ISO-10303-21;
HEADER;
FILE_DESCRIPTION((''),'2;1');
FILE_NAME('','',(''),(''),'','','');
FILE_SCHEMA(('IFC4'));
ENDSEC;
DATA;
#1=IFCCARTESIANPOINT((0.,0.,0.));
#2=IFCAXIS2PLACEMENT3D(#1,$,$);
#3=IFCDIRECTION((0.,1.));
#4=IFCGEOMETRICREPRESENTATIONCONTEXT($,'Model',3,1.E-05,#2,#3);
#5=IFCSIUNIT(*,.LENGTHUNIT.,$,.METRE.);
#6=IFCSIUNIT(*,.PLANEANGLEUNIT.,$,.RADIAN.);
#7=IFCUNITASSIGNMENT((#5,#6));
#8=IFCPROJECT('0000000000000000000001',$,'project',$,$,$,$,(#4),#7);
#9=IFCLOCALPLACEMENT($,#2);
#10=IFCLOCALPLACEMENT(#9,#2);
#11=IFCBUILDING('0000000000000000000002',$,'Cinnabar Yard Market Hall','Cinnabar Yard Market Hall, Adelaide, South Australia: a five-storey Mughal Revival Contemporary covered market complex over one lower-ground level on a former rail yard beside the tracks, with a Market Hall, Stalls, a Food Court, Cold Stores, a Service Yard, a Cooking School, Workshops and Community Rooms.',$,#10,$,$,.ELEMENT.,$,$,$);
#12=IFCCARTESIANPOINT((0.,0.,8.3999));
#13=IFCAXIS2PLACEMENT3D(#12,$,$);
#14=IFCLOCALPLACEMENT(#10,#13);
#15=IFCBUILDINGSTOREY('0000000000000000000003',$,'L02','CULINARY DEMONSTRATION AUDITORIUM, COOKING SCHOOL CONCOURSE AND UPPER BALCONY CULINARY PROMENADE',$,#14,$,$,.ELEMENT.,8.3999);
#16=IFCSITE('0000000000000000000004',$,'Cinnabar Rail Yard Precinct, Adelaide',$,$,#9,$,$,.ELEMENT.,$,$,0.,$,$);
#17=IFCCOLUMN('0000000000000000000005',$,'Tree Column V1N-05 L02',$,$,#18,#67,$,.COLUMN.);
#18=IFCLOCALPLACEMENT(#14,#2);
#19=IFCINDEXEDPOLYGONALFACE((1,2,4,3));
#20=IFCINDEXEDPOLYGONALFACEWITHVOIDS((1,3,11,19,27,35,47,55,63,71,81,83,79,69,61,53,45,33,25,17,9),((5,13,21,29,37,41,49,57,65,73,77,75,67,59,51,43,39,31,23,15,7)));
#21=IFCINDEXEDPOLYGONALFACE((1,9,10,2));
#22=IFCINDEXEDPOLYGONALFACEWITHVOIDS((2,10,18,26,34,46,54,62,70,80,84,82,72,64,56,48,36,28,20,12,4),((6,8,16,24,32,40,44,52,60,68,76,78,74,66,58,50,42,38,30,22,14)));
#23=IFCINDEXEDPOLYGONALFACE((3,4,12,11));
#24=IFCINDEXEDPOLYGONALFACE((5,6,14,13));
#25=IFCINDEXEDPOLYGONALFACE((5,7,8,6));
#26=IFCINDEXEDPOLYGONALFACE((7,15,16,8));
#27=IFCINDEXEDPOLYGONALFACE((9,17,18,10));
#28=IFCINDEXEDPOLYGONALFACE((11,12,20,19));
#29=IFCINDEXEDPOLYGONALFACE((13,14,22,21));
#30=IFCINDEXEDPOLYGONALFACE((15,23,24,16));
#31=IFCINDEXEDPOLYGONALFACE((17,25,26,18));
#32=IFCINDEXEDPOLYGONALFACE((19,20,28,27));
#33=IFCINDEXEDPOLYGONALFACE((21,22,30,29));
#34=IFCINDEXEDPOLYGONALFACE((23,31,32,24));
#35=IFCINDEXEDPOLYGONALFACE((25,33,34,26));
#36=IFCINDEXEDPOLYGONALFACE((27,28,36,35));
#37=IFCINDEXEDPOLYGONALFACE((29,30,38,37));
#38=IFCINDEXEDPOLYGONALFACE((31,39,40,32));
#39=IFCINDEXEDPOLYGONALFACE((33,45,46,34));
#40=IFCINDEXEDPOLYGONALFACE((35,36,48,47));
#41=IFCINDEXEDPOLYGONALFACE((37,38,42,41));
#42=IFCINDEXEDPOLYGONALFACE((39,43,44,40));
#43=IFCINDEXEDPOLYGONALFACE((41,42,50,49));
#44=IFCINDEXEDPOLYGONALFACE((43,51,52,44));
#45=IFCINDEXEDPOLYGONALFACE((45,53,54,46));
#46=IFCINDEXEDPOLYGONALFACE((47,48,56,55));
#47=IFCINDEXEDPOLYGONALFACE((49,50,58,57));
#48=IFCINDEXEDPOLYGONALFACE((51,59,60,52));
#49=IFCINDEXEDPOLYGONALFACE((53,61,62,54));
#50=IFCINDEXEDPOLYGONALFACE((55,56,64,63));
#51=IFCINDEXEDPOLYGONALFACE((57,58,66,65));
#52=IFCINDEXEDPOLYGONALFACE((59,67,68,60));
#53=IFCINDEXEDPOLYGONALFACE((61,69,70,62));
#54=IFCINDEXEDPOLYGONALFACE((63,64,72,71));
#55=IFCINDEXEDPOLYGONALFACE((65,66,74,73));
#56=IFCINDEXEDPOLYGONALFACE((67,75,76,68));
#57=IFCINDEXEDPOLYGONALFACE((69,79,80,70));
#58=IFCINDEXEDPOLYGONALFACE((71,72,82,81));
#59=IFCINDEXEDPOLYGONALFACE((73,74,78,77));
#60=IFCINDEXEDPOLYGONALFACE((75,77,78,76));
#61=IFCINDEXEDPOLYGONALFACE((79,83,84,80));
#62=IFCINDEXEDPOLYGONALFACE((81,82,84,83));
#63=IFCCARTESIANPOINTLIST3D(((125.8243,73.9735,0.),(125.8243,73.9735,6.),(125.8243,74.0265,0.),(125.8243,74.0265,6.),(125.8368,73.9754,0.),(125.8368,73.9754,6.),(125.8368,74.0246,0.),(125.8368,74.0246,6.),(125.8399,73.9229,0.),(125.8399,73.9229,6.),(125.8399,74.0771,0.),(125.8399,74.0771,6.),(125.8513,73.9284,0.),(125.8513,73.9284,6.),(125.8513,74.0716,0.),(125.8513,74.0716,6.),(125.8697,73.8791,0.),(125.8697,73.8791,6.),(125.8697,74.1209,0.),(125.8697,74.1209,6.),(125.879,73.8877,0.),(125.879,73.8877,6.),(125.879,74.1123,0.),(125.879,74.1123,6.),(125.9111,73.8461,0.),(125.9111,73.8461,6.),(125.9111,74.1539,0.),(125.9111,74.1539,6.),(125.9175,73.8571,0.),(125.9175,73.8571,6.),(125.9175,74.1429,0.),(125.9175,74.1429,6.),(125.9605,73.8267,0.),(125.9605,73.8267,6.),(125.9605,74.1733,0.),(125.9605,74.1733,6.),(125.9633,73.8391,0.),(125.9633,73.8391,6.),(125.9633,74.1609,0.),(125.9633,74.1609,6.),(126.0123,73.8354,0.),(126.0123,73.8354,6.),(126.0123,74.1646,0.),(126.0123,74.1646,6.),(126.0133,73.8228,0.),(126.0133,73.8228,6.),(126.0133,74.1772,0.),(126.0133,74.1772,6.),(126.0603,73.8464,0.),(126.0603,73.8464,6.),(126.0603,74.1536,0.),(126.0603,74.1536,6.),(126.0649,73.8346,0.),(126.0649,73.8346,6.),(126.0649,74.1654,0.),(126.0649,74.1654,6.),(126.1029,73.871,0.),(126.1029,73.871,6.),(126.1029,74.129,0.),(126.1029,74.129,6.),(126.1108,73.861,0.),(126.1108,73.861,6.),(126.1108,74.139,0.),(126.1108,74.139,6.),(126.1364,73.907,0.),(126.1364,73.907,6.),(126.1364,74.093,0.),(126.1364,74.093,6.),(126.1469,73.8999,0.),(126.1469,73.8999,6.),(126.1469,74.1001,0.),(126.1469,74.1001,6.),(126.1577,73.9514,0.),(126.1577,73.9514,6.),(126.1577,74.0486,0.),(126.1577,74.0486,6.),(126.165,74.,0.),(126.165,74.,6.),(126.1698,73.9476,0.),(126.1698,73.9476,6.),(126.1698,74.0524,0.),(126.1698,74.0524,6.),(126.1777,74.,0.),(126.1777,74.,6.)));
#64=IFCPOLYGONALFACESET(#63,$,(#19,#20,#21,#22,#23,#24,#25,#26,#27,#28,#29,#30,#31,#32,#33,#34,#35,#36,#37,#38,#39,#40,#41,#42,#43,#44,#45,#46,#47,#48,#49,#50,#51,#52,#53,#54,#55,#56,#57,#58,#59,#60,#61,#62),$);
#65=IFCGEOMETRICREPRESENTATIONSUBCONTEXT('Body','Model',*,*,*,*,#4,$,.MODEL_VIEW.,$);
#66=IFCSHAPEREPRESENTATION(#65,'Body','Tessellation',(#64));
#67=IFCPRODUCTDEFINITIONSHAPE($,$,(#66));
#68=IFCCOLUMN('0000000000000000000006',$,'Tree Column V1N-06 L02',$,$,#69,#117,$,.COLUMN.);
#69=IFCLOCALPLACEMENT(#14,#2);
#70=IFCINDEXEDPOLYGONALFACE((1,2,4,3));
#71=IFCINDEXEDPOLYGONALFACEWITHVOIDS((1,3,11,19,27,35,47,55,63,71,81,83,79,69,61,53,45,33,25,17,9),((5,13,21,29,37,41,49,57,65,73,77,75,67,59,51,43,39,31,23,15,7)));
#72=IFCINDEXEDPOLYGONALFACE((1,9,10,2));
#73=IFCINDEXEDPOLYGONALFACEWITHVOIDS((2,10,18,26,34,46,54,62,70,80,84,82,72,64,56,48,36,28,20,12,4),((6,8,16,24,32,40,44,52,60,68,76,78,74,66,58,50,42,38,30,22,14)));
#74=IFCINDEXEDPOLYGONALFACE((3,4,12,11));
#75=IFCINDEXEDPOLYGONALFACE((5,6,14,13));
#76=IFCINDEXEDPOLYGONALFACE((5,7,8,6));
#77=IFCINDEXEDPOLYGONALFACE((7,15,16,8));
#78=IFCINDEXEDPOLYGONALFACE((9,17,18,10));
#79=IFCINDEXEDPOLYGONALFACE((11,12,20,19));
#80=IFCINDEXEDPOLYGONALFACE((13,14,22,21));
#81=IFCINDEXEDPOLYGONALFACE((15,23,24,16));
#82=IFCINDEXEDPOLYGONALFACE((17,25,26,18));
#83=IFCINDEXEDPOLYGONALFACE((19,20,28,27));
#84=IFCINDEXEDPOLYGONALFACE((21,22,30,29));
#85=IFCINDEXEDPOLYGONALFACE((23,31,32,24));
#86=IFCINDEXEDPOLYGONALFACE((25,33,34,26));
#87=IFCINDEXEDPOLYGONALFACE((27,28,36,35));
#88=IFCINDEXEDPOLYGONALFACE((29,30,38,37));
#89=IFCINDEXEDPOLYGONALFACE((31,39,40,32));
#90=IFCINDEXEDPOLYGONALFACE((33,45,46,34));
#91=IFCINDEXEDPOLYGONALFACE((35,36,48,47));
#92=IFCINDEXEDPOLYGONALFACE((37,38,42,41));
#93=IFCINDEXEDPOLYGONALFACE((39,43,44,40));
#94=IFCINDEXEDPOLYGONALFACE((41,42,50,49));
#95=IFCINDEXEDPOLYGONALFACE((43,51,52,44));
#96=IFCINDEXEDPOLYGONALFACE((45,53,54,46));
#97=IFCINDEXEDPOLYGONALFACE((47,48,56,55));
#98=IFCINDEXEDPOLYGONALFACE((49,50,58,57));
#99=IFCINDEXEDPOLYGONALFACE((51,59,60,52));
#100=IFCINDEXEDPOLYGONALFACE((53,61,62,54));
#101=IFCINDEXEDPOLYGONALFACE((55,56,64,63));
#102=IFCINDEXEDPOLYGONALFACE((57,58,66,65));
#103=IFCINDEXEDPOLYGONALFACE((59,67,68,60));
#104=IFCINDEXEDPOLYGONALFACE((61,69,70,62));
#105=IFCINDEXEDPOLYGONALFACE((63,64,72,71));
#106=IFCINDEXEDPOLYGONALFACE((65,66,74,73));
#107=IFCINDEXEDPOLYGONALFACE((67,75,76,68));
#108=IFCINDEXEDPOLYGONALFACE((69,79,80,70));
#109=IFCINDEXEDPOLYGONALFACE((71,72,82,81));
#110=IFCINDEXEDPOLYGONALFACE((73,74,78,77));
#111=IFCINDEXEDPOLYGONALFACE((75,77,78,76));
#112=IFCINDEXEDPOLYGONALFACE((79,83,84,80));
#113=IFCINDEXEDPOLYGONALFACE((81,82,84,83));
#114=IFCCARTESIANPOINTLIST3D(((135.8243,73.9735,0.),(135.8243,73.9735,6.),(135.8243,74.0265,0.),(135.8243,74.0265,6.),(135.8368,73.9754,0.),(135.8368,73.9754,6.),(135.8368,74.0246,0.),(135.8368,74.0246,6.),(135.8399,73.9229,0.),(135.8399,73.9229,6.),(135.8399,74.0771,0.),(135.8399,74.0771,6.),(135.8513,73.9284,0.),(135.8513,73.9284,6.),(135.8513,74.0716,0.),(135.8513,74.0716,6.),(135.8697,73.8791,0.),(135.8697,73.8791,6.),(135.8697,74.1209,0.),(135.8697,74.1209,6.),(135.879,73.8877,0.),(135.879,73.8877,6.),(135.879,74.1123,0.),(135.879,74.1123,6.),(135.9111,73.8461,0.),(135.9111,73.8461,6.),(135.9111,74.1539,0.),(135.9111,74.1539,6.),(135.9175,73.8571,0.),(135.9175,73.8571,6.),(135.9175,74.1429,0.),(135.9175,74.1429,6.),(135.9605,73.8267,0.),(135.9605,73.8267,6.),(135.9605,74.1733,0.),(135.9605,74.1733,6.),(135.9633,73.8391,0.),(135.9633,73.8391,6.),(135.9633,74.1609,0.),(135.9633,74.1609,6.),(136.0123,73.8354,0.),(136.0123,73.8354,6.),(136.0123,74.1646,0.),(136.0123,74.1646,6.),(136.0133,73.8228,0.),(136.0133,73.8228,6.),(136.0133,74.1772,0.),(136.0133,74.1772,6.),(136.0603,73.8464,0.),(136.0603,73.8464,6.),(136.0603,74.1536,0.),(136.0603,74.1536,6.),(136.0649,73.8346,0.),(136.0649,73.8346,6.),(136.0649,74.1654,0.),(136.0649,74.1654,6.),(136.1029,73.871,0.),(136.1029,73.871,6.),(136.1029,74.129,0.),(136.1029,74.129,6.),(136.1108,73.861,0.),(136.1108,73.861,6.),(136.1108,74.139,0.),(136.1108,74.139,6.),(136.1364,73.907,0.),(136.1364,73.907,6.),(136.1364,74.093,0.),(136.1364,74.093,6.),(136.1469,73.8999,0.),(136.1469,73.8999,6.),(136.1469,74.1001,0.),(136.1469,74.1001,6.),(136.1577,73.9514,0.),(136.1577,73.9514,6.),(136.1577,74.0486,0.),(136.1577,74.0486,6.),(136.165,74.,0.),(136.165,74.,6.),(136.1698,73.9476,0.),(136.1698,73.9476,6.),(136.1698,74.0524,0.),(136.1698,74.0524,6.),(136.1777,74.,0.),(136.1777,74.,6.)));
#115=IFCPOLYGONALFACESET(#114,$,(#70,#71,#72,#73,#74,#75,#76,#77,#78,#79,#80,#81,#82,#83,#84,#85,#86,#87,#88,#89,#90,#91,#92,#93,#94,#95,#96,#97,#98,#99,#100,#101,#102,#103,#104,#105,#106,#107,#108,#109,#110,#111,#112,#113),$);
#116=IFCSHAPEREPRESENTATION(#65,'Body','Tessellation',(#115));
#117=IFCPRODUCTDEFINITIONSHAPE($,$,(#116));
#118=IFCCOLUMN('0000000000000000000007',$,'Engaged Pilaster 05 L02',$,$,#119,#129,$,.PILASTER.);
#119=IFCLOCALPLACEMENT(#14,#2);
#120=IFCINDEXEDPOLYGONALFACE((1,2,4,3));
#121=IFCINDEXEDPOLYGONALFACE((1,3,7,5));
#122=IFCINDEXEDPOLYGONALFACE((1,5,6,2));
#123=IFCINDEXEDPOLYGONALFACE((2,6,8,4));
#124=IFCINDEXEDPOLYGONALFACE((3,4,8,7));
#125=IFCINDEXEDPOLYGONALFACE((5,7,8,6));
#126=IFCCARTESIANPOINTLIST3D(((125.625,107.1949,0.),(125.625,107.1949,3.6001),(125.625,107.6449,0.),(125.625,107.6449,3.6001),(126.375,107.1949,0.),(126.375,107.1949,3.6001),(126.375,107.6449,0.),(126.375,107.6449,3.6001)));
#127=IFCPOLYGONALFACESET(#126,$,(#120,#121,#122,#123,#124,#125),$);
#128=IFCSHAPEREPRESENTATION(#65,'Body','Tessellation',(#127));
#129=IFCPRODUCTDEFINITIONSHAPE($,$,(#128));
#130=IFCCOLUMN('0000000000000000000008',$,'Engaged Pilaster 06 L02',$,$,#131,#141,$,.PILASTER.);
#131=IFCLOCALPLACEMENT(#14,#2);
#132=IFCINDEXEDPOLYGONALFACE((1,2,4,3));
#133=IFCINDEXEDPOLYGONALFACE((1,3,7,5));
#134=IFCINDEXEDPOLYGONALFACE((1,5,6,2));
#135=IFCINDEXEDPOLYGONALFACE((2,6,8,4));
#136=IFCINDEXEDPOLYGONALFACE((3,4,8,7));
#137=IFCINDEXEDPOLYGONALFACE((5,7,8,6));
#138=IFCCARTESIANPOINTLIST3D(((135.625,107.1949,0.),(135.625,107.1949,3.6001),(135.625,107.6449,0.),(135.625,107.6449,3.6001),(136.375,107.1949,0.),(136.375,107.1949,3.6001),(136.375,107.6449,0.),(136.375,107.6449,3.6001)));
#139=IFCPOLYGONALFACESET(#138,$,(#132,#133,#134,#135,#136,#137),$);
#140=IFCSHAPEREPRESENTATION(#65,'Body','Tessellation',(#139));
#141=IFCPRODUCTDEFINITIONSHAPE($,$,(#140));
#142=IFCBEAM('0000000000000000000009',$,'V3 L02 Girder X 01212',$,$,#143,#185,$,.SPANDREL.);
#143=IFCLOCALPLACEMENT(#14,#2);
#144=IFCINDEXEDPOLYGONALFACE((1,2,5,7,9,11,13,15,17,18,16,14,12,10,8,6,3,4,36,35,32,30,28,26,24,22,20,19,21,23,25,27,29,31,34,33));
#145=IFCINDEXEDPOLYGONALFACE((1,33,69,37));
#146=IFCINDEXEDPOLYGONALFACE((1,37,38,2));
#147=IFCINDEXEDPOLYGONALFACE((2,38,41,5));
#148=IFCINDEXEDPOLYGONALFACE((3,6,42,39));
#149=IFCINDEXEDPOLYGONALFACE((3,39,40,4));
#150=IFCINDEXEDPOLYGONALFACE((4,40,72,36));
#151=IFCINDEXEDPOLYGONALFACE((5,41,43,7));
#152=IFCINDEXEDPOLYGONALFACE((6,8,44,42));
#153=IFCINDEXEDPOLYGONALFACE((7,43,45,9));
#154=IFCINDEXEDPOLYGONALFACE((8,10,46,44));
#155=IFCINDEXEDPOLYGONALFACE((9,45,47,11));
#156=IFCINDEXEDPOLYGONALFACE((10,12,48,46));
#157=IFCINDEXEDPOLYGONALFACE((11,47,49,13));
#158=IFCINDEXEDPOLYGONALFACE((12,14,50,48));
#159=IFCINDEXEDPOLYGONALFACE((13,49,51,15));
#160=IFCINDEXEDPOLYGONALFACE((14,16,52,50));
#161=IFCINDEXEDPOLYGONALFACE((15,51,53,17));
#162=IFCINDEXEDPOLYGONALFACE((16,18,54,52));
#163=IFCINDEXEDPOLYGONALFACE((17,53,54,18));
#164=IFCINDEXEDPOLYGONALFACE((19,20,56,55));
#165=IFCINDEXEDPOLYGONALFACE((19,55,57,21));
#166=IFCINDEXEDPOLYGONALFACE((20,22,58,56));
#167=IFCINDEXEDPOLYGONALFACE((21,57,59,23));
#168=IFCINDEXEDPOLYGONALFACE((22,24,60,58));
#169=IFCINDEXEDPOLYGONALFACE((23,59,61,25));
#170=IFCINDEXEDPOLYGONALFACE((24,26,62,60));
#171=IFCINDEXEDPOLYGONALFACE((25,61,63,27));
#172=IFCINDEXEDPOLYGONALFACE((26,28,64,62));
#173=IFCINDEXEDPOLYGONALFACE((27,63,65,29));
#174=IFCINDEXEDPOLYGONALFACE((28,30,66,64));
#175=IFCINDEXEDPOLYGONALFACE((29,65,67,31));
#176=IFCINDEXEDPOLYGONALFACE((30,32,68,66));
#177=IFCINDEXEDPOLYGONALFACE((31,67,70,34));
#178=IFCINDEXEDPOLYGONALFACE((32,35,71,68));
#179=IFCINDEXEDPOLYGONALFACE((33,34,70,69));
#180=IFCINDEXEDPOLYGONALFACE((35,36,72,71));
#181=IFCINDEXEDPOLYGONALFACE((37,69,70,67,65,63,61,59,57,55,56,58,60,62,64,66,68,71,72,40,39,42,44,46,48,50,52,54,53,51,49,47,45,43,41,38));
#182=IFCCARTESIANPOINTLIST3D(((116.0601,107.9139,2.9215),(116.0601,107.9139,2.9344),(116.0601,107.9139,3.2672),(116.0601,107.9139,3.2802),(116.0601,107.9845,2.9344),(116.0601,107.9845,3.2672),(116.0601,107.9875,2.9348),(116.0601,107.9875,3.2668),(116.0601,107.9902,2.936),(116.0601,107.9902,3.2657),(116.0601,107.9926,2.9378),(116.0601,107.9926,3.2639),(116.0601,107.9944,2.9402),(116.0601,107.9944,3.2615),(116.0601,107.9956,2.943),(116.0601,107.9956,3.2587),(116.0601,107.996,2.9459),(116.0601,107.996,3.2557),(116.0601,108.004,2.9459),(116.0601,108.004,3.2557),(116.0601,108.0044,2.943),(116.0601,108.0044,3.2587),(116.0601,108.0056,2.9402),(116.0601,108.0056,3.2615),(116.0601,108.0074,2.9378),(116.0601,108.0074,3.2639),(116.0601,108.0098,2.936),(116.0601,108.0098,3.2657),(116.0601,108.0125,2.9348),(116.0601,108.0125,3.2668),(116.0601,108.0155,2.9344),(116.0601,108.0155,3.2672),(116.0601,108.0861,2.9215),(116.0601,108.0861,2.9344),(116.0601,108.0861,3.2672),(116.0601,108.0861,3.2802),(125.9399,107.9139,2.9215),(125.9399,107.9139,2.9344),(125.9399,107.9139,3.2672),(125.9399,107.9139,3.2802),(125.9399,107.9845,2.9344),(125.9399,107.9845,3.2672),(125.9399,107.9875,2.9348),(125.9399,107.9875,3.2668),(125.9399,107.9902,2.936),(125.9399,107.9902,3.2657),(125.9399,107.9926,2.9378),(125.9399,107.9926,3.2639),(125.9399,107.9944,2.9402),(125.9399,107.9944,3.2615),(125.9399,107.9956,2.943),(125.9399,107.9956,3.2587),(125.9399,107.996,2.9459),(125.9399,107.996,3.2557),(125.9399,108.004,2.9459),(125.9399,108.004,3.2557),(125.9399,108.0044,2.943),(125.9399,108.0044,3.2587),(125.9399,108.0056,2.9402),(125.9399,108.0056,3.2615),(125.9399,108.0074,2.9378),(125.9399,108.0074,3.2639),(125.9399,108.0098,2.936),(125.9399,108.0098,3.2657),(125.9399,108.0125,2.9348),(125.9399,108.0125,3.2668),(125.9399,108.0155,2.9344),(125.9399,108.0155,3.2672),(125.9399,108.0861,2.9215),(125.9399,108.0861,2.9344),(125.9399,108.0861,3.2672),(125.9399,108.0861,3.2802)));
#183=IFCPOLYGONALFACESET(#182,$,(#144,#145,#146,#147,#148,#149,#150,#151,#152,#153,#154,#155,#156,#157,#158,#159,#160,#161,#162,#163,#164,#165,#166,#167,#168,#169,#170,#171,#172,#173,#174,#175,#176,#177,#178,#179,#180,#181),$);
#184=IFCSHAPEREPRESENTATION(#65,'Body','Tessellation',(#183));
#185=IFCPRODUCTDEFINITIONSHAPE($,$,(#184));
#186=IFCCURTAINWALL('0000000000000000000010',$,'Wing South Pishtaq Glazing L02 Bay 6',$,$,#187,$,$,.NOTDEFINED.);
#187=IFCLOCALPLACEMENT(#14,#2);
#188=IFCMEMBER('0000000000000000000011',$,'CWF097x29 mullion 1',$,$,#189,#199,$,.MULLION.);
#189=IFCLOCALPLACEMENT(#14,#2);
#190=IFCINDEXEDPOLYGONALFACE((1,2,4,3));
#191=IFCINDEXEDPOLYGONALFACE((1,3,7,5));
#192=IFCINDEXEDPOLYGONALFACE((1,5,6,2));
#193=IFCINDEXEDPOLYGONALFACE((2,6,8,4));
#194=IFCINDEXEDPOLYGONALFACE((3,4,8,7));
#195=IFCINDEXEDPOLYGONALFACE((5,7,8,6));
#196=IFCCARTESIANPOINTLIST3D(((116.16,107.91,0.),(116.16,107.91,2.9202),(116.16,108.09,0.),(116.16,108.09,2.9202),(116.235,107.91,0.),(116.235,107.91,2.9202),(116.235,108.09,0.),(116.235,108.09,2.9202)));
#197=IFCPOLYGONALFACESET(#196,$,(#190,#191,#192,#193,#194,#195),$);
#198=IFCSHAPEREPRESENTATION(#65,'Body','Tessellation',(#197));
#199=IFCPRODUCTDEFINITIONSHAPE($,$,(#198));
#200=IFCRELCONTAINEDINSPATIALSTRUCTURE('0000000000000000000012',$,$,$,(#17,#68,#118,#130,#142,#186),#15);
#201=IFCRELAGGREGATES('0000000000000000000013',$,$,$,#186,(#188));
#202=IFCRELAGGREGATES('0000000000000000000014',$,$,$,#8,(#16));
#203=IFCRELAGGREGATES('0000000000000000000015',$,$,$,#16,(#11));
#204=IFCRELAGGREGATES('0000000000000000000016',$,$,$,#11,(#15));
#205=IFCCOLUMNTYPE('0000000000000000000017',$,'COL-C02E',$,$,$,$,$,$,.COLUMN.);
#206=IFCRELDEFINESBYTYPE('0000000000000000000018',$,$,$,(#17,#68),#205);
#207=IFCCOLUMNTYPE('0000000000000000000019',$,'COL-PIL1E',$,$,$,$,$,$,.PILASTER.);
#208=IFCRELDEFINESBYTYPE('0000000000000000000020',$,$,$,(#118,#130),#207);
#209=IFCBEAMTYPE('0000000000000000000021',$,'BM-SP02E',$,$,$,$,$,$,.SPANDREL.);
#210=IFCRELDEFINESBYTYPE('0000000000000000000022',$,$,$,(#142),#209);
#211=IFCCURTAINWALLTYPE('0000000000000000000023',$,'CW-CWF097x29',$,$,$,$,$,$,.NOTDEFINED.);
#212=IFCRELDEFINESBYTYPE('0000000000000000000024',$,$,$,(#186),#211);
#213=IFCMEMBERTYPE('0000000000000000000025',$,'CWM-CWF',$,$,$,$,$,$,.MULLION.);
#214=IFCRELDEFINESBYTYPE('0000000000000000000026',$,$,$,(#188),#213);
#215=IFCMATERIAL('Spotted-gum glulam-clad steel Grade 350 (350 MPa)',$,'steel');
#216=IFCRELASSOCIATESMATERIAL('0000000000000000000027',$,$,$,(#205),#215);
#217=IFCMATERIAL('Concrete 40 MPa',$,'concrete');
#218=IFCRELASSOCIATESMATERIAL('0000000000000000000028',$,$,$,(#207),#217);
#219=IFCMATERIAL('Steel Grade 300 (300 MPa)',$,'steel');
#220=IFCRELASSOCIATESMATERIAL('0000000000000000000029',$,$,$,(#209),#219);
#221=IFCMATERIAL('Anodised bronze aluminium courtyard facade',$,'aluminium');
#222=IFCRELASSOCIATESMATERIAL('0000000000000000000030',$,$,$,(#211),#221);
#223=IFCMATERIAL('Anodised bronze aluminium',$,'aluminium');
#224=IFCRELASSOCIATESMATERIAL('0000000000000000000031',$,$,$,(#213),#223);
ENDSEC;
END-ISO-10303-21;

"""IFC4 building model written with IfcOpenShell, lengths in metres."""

from ifc_helpers import new_model, si_unit, direction, frame, origin, origin_2d_with_axis, place, context, subcontext, project, spatial, rectangle, hollow_circle, i_section, extrude, material, material_profile, profile_set, type_object, element, aggregate, save


model = new_model("IFC4")

# Units and contexts
model_context = context("Model", 3, precision=1e-05, world=origin(), true_north=direction((0.0, 1.0)))
body_context = subcontext(model_context, "Body", "Model", "MODEL_VIEW")
ifc_project = project(units=[si_unit("LENGTHUNIT", "METRE"), si_unit("PLANEANGLEUNIT", "RADIAN")], contexts=[model_context])

# Site, building, storey
site_placement = place(None, origin())
site = spatial("IfcSite", under=ifc_project, at=site_placement, Name="Cinnabar Rail Yard Precinct, Adelaide", CompositionType="ELEMENT", RefElevation=0.0)
building_placement = place(site_placement, origin())
building = spatial("IfcBuilding", under=site, at=building_placement, Name="Cinnabar Yard Market Hall", Description="Cinnabar Yard Market Hall, Adelaide, South Australia: a five-storey Mughal Revival Contemporary covered market complex over one lower-ground level on a former rail yard beside the tracks, with a Market Hall, Stalls, a Food Court, Cold Stores, a Service Yard, a Cooking School, Workshops and Community Rooms.", CompositionType="ELEMENT")
storey_placement = place(building_placement, frame((0.0, 0.0, 8.3999)))
storey = spatial("IfcBuildingStorey", under=building, at=storey_placement, Name="L02", Description="CULINARY DEMONSTRATION AUDITORIUM, COOKING SCHOOL CONCOURSE AND UPPER BALCONY CULINARY PROMENADE", CompositionType="ELEMENT", Elevation=8.3999)

# Columns
ifc_material_1 = material(Name="Spotted-gum glulam-clad steel Grade 350 (350 MPa)", Category="steel")
ifc_material_profile_1 = material_profile(ifc_material_1, hollow_circle(Radius=0.1777, WallThickness=0.0127, at=origin_2d_with_axis()), Name="355.6x12.7CHS")
ifc_profile_set_1 = profile_set([ifc_material_profile_1], Name="Spotted-gum glulam-clad steel Grade 350 (350 MPa)")
column_type_1 = type_object("IfcColumnType", Name="COL-C02E", PredefinedType="COLUMN", material=ifc_profile_set_1)
for number, where, z_axis, x_axis, name in (
    (1, (126.0, 74.0, 0.0), (0.0, 0.0, 1.0), (1.0, 0.0, 0.0), "Tree Column V1N-05 L02"),
    (2, (136.0, 74.0, 0.0), (0.0, 0.0, 1.0), (1.0, 0.0, 0.0), "Tree Column V1N-06 L02"),
):
    element("IfcColumn", number, at=place(storey_placement, frame(where, z_axis=z_axis, x_axis=x_axis)), inside=storey, type_object=column_type_1, Name=name, PredefinedType="COLUMN", context=body_context, shape_type="SweptSolid", body=[
        extrude(hollow_circle(Radius=0.1777, WallThickness=0.0127, at=origin_2d_with_axis()), origin(), (0.0, 0.0, 1.0), 6.0),
    ])
ifc_material_2 = material(Name="Concrete 40 MPa", Category="concrete")
ifc_material_profile_2 = material_profile(ifc_material_2, rectangle(XDim=0.75, YDim=0.45, at=origin_2d_with_axis()), Name="RC-750x450")
ifc_profile_set_2 = profile_set([ifc_material_profile_2], Name="Concrete 40 MPa")
column_type_2 = type_object("IfcColumnType", Name="COL-PIL1E", PredefinedType="PILASTER", material=ifc_profile_set_2)
for number, where, z_axis, x_axis, name in (
    (3, (126.0, 107.4199, 0.0), (0.0, 0.0, 1.0), (1.0, 0.0, 0.0), "Engaged Pilaster 05 L02"),
    (4, (136.0, 107.4199, 0.0), (0.0, 0.0, 1.0), (1.0, 0.0, 0.0), "Engaged Pilaster 06 L02"),
):
    element("IfcColumn", number, at=place(storey_placement, frame(where, z_axis=z_axis, x_axis=x_axis)), inside=storey, type_object=column_type_2, Name=name, PredefinedType="PILASTER", context=body_context, shape_type="SweptSolid", body=[
        extrude(rectangle(XDim=0.75, YDim=0.45, at=origin_2d_with_axis()), origin(), (0.0, 0.0, 1.0), 3.6001),
    ])

# Beam
ifc_material_3 = material(Name="Steel Grade 300 (300 MPa)", Category="steel")
ifc_material_profile_3 = material_profile(ifc_material_3, i_section(OverallWidth=0.1721, OverallDepth=0.3586, WebThickness=0.0081, FlangeThickness=0.0129, FilletRadius=0.0115, at=origin_2d_with_axis()), Name="360UB56.7")
ifc_profile_set_3 = profile_set([ifc_material_profile_3], Name="Steel Grade 300 (300 MPa)")
beam_type = type_object("IfcBeamType", Name="BM-SP02E", PredefinedType="SPANDREL", material=ifc_profile_set_3)
beam_placement = place(storey_placement, frame((116.0601, 108.0, 3.1008), z_axis=(1.0, 0.0, 0.0), x_axis=(0.0, 1.0, 0.0)))
element("IfcBeam", 5, at=beam_placement, inside=storey, type_object=beam_type, Name="V3 L02 Girder X 01212", PredefinedType="SPANDREL", context=body_context, shape_type="SweptSolid", body=[
    extrude(i_section(OverallWidth=0.1721, OverallDepth=0.3586, WebThickness=0.0081, FlangeThickness=0.0129, FilletRadius=0.0115, at=origin_2d_with_axis()), origin(), (0.0, 0.0, 1.0), 9.8799),
])

# Curtain wall, member
ifc_material_4 = material(Name="Anodised bronze aluminium courtyard facade", Category="aluminium")
curtain_wall_type = type_object("IfcCurtainWallType", Name="CW-CWF097x29", PredefinedType="NOTDEFINED", material=ifc_material_4)
curtain_wall_placement = place(storey_placement, origin())
curtain_wall = element("IfcCurtainWall", 6, at=curtain_wall_placement, inside=storey, type_object=curtain_wall_type, Name="Wing South Pishtaq Glazing L02 Bay 6", PredefinedType="NOTDEFINED")
ifc_material_5 = material(Name="Anodised bronze aluminium", Category="aluminium")
ifc_material_profile_4 = material_profile(ifc_material_5, rectangle(XDim=0.1799, YDim=0.075, at=origin_2d_with_axis()), Name="MUL-CWF")
ifc_profile_set_4 = profile_set([ifc_material_profile_4], Name="Anodised bronze aluminium")
member_type_1 = type_object("IfcMemberType", Name="CWM-CWF", PredefinedType="MULLION", material=ifc_profile_set_4)
member_1_placement = place(storey_placement, frame((116.1975, 108.0, 0.0), z_axis=(0.0, 0.0, 1.0), x_axis=(0.0, 1.0, 0.0)))
member_1 = element("IfcMember", 7, at=member_1_placement, type_object=member_type_1, Name="CWF097x29 mullion 1", PredefinedType="MULLION", context=body_context, shape_type="SweptSolid", body=[
    extrude(rectangle(XDim=0.1799, YDim=0.075, at=origin_2d_with_axis()), origin(), (0.0, 0.0, 1.0), 2.9202),
])

aggregate(curtain_wall, [member_1])

save(model, "model.ifc")
